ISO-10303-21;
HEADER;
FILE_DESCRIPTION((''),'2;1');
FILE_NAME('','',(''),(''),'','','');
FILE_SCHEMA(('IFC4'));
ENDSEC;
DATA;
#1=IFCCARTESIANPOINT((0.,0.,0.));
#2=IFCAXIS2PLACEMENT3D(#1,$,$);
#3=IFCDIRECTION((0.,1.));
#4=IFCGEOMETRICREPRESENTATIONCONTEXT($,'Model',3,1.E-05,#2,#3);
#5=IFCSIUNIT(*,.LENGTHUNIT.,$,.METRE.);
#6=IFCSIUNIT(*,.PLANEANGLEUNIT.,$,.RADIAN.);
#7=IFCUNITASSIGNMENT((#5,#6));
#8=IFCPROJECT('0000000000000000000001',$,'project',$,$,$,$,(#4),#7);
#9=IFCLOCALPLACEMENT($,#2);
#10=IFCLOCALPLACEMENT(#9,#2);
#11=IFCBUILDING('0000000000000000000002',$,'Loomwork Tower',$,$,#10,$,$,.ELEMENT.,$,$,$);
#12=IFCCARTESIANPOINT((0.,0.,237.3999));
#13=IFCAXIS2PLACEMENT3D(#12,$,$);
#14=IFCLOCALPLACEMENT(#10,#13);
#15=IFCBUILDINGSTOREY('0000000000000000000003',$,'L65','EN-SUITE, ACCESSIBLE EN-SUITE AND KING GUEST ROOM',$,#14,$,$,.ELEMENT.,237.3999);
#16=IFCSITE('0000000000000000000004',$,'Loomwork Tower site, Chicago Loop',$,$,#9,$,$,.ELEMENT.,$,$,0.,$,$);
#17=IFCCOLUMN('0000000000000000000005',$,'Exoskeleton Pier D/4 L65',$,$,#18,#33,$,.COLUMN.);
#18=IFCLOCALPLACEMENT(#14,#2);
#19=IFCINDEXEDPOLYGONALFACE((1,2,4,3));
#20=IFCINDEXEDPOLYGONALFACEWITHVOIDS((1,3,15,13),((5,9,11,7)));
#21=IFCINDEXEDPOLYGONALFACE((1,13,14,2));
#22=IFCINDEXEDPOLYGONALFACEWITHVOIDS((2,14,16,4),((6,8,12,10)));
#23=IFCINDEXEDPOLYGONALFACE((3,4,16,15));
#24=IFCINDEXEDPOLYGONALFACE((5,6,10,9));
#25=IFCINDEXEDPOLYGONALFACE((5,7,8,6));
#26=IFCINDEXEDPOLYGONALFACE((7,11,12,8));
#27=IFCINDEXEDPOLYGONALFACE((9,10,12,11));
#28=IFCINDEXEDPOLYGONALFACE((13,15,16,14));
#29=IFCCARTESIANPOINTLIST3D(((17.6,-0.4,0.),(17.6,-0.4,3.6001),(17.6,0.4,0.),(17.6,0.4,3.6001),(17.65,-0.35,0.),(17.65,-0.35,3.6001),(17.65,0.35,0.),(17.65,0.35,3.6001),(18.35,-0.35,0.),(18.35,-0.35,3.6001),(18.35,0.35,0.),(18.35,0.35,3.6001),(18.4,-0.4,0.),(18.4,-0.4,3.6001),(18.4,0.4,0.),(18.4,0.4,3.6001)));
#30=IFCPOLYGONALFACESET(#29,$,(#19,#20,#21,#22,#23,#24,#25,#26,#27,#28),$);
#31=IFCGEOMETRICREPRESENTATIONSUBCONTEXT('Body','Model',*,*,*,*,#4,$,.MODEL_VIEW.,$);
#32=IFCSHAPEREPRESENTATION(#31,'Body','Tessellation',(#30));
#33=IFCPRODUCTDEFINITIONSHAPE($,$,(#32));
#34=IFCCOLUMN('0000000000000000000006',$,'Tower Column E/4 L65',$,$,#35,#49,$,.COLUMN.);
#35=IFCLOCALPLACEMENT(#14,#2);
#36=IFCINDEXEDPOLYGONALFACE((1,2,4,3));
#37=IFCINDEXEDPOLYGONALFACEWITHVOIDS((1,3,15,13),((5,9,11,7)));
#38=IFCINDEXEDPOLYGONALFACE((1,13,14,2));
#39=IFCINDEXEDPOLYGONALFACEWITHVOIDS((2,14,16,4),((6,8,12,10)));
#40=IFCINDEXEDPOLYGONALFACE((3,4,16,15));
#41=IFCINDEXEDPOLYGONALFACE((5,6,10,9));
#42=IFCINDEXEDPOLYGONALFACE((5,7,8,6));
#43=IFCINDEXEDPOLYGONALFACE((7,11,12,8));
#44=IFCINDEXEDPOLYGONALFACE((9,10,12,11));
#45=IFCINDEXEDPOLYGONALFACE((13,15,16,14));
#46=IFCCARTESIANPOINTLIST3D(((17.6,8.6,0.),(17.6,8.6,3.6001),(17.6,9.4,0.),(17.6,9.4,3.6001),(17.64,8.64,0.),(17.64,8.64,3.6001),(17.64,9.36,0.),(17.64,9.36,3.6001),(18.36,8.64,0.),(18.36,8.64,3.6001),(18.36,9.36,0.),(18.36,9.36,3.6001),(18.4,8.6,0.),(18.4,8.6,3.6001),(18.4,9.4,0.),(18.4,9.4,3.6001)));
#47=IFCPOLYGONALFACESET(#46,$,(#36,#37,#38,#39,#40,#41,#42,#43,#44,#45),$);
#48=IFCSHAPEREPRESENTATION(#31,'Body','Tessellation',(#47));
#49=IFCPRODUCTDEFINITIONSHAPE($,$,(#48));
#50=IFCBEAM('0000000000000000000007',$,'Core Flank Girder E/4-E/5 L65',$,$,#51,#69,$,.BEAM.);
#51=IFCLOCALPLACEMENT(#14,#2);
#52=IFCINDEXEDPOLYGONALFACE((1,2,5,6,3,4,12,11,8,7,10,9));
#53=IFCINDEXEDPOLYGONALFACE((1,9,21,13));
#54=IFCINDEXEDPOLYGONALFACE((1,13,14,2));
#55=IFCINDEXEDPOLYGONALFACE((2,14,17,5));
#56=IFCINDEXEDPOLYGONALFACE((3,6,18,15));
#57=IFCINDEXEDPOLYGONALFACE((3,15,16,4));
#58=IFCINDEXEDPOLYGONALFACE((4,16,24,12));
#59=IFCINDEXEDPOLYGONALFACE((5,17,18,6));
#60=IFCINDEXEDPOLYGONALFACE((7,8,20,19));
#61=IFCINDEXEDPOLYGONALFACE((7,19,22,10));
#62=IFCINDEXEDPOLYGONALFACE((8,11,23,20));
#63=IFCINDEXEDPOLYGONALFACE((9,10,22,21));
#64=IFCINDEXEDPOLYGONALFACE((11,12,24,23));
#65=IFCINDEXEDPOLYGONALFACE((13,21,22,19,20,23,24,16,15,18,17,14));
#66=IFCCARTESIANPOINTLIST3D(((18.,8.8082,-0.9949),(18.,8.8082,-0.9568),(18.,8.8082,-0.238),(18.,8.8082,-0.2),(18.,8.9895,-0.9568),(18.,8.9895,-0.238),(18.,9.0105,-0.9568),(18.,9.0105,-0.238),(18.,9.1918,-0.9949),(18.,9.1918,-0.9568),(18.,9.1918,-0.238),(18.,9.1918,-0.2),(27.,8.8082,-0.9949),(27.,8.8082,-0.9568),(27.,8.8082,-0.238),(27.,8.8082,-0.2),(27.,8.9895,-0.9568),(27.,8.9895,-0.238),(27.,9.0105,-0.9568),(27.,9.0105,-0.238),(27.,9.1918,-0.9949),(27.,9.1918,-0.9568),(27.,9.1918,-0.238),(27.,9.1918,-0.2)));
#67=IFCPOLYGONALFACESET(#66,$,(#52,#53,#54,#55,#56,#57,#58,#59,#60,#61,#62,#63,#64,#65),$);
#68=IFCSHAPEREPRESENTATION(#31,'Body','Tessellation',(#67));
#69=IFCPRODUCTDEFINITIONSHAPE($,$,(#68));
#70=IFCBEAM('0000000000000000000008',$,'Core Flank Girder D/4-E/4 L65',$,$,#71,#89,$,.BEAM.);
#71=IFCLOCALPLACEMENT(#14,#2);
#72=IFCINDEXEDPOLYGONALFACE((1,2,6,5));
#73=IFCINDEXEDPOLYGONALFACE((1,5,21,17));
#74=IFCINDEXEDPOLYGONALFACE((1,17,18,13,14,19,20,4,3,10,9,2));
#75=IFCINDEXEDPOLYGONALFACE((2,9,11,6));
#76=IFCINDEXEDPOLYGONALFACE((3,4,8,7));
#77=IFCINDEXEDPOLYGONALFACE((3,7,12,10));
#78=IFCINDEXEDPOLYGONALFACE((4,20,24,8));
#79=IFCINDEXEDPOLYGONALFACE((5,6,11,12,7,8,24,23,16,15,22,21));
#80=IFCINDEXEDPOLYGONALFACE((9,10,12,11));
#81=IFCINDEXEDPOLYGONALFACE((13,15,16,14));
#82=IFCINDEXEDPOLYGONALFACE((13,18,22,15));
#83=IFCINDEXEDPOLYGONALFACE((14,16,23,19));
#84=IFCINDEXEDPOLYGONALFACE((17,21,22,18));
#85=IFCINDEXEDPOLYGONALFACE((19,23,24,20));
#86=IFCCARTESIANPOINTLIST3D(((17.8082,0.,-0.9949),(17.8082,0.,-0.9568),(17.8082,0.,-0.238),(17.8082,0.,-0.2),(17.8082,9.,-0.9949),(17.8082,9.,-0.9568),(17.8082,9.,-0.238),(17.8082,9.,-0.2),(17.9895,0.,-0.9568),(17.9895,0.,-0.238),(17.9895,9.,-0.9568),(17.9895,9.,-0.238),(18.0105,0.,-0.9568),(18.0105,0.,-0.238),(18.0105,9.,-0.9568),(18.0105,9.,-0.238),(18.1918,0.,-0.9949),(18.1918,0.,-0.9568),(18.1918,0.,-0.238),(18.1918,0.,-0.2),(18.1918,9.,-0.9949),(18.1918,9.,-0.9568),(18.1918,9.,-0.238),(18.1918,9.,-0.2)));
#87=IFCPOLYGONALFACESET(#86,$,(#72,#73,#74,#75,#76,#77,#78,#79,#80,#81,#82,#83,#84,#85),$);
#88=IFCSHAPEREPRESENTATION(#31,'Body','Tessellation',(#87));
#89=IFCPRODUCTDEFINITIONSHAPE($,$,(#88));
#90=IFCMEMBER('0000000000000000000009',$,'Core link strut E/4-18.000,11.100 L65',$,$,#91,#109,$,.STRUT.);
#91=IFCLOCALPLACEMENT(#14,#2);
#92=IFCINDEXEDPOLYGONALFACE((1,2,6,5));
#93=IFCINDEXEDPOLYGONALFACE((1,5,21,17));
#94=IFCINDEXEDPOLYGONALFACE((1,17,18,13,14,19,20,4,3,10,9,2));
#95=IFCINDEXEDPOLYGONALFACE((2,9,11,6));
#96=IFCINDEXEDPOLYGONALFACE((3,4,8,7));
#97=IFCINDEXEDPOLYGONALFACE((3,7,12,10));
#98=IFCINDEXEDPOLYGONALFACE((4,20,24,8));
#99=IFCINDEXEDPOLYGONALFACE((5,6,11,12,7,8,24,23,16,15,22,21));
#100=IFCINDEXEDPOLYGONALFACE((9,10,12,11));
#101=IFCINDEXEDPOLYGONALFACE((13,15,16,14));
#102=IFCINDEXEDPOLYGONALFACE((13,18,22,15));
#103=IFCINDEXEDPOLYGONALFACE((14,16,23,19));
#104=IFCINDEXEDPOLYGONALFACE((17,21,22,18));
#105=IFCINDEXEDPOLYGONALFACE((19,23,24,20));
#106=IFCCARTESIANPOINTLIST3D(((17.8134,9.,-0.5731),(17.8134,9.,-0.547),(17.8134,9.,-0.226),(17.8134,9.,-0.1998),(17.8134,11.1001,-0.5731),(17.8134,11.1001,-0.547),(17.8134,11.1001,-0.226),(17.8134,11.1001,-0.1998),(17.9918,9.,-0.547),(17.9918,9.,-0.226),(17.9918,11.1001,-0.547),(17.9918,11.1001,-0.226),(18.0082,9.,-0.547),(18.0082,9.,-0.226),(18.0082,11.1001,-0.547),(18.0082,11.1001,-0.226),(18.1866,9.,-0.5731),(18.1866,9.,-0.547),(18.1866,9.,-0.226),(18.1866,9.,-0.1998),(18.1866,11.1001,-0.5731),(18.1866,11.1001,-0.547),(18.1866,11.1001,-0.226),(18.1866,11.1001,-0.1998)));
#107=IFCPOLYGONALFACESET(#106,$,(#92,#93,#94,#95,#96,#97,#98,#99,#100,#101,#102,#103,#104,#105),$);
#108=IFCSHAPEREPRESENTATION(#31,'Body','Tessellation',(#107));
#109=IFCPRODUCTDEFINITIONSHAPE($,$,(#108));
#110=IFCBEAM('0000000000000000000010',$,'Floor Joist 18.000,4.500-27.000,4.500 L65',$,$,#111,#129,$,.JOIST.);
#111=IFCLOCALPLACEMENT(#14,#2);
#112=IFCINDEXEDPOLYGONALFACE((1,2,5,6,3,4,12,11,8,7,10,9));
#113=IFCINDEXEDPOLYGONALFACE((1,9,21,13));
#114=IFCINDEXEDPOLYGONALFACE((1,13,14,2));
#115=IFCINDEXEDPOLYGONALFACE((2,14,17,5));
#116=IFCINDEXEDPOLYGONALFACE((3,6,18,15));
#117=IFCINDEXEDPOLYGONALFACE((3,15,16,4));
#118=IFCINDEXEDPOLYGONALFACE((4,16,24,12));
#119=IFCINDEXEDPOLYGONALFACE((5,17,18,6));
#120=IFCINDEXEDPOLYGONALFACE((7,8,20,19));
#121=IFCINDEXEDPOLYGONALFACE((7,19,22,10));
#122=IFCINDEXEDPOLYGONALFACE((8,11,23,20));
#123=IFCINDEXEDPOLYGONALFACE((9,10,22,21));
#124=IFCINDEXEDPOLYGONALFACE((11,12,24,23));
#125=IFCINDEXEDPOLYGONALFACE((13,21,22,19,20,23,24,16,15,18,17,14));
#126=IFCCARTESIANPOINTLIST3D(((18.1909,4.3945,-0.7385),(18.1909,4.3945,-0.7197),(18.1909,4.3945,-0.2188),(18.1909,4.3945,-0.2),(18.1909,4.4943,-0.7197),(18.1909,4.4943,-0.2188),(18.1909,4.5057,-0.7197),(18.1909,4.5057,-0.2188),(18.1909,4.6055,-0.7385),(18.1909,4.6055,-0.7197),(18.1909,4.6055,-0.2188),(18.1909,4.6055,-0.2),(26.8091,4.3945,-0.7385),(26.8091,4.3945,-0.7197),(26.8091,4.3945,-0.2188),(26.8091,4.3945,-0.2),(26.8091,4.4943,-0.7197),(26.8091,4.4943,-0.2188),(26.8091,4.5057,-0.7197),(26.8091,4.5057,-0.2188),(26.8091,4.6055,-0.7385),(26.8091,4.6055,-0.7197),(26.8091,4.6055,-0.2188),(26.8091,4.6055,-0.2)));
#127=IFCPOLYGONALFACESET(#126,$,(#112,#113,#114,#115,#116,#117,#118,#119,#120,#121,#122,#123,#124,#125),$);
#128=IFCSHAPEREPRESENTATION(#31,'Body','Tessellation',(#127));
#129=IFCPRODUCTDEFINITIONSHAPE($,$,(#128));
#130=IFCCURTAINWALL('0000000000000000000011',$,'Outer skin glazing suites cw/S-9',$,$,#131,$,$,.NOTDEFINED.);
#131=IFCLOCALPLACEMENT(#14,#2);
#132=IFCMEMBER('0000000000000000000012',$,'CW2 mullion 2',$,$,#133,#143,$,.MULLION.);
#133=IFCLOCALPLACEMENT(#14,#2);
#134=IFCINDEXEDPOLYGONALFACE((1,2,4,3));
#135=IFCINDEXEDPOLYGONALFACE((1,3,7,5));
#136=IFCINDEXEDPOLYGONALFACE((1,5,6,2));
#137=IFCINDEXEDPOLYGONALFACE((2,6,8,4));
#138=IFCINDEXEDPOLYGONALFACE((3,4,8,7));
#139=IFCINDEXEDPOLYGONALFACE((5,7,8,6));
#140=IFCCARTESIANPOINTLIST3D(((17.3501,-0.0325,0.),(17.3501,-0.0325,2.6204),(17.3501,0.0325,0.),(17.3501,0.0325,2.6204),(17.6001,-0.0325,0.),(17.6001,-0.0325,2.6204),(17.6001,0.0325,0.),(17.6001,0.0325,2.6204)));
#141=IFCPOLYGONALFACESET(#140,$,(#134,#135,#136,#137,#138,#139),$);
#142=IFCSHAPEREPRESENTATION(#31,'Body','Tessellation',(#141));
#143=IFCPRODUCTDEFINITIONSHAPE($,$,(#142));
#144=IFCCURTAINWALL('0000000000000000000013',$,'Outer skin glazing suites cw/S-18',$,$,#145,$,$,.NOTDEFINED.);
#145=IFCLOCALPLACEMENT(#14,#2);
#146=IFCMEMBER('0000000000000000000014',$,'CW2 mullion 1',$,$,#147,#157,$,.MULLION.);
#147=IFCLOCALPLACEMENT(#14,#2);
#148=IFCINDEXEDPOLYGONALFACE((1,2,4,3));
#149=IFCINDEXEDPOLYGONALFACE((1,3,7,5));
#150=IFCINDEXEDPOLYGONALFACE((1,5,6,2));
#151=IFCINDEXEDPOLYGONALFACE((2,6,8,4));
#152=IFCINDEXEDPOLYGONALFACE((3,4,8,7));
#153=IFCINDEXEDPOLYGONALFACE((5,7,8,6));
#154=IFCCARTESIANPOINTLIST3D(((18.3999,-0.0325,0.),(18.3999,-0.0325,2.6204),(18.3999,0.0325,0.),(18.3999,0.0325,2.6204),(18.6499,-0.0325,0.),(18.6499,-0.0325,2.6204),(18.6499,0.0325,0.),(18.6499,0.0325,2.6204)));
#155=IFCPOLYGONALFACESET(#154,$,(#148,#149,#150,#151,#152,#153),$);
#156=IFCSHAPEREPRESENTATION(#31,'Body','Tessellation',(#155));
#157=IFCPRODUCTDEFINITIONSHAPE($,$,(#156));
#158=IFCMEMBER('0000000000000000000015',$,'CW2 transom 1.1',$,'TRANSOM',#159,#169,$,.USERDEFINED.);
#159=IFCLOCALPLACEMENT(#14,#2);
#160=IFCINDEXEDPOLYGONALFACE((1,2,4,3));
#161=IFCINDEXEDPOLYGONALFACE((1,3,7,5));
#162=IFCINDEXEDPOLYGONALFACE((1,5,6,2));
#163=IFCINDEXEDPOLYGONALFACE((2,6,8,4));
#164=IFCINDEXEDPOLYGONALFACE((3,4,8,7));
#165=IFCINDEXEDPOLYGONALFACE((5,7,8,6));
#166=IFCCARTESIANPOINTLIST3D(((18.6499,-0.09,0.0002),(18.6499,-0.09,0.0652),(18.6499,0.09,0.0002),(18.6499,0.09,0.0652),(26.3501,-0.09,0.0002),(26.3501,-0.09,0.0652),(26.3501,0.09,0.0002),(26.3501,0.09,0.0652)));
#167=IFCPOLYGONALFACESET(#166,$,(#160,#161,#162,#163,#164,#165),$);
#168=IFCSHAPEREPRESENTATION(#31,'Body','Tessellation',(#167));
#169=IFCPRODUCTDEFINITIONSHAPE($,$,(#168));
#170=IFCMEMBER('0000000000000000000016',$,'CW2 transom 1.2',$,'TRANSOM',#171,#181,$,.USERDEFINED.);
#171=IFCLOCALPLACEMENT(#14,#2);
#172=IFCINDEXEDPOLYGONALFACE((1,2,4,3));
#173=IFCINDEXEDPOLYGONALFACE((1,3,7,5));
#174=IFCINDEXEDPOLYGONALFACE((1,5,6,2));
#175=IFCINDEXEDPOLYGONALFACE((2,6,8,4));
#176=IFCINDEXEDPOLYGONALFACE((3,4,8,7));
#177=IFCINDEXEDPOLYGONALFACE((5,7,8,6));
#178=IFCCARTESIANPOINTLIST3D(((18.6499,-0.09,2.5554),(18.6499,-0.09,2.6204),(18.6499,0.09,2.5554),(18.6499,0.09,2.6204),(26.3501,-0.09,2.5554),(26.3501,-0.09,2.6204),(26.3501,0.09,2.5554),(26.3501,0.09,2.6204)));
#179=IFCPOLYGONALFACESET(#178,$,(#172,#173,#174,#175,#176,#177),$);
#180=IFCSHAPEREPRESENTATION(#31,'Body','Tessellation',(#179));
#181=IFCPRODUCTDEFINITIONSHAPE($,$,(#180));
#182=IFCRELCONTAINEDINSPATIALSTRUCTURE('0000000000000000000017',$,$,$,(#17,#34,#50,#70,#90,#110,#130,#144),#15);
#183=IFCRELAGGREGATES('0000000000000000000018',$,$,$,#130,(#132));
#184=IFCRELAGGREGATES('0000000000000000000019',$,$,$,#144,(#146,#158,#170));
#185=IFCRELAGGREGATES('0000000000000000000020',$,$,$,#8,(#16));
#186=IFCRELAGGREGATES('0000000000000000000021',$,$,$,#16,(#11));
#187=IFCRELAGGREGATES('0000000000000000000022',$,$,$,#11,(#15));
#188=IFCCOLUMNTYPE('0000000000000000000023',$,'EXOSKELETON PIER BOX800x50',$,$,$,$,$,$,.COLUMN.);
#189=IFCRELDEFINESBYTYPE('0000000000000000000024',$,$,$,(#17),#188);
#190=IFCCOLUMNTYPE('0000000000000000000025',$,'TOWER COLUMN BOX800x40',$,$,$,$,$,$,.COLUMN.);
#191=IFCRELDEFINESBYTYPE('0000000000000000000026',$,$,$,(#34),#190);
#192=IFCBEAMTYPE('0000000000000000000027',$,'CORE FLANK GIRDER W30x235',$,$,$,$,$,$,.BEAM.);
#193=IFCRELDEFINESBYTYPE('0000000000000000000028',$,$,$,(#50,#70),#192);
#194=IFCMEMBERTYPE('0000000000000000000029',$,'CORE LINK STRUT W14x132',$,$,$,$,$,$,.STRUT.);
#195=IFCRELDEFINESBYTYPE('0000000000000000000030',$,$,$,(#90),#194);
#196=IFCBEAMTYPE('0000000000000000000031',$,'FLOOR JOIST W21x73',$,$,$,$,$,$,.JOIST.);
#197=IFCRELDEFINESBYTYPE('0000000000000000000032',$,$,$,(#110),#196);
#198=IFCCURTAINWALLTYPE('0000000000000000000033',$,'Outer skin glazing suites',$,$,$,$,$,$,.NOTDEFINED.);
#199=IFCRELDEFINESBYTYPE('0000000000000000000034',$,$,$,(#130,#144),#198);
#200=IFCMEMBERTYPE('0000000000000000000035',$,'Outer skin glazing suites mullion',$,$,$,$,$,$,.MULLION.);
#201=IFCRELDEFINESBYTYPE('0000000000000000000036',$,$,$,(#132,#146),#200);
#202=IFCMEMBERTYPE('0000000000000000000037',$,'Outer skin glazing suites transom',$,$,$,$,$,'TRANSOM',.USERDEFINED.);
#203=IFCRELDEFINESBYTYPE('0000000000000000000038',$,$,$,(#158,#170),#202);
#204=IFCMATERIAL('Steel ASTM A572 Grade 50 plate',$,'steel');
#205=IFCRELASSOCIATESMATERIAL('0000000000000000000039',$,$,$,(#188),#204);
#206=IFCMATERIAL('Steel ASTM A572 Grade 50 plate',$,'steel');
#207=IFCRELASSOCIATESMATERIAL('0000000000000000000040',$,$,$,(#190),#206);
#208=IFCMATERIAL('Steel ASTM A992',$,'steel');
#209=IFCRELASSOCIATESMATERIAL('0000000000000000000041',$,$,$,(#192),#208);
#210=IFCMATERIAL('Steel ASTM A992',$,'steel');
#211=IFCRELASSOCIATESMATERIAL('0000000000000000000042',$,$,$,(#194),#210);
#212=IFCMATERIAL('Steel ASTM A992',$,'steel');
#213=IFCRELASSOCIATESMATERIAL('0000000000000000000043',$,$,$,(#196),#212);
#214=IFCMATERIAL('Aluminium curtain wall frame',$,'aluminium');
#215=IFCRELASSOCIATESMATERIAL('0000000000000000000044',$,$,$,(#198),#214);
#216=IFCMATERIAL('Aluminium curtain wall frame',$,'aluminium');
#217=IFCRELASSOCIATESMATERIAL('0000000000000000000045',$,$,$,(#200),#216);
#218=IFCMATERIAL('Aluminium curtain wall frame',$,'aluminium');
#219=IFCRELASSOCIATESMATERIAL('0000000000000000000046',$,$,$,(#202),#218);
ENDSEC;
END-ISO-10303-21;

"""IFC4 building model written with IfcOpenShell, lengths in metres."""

from ifc_helpers import new_model, si_unit, direction, frame, origin, origin_2d, place, context, subcontext, project, spatial, rectangle, hollow_rectangle, i_section, extrude, material, material_profile, profile_set, type_object, element, aggregate, save


model = new_model("IFC4")

# Units and contexts
model_context = context("Model", 3, precision=1e-05, world=origin(), true_north=direction((0.0, 1.0)))
body_context = subcontext(model_context, "Body", "Model", "MODEL_VIEW")
ifc_project = project(units=[si_unit("LENGTHUNIT", "METRE"), si_unit("PLANEANGLEUNIT", "RADIAN")], contexts=[model_context])

# Site, building, storey
site_placement = place(None, origin())
site = spatial("IfcSite", under=ifc_project, at=site_placement, Name="Loomwork Tower site, Chicago Loop", CompositionType="ELEMENT", RefElevation=0.0)
building_placement = place(site_placement, origin())
building = spatial("IfcBuilding", under=site, at=building_placement, Name="Loomwork Tower", CompositionType="ELEMENT")
storey_placement = place(building_placement, frame((0.0, 0.0, 237.3999)))
storey = spatial("IfcBuildingStorey", under=building, at=storey_placement, Name="L65", Description="EN-SUITE, ACCESSIBLE EN-SUITE AND KING GUEST ROOM", CompositionType="ELEMENT", Elevation=237.3999)

# Columns
ifc_material_1 = material(Name="Steel ASTM A572 Grade 50 plate", Category="steel")
ifc_material_profile_1 = material_profile(ifc_material_1, hollow_rectangle(XDim=0.8, YDim=0.8, WallThickness=0.05, at=origin_2d()), Name="BOX800x50")
ifc_profile_set_1 = profile_set([ifc_material_profile_1], Name="Steel ASTM A572 Grade 50 plate")
column_type_1 = type_object("IfcColumnType", Name="EXOSKELETON PIER BOX800x50", PredefinedType="COLUMN", material=ifc_profile_set_1)
column_1_placement = place(storey_placement, frame((18.0, 0.0, 0.0), z_axis=(0.0, 0.0, 1.0), x_axis=(1.0, 0.0, 0.0)))
element("IfcColumn", 1, at=column_1_placement, inside=storey, type_object=column_type_1, Name="Exoskeleton Pier D/4 L65", PredefinedType="COLUMN", context=body_context, shape_type="SweptSolid", body=[
    extrude(hollow_rectangle(XDim=0.8, YDim=0.8, WallThickness=0.05, at=origin_2d()), origin(), (0.0, 0.0, 1.0), 3.6001),
])
ifc_material_2 = material(Name="Steel ASTM A572 Grade 50 plate", Category="steel")
ifc_material_profile_2 = material_profile(ifc_material_2, hollow_rectangle(XDim=0.8, YDim=0.8, WallThickness=0.04, at=origin_2d()), Name="BOX800x40")
ifc_profile_set_2 = profile_set([ifc_material_profile_2], Name="Steel ASTM A572 Grade 50 plate")
column_type_2 = type_object("IfcColumnType", Name="TOWER COLUMN BOX800x40", PredefinedType="COLUMN", material=ifc_profile_set_2)
column_2_placement = place(storey_placement, frame((18.0, 9.0, 0.0), z_axis=(0.0, 0.0, 1.0), x_axis=(1.0, 0.0, 0.0)))
element("IfcColumn", 2, at=column_2_placement, inside=storey, type_object=column_type_2, Name="Tower Column E/4 L65", PredefinedType="COLUMN", context=body_context, shape_type="SweptSolid", body=[
    extrude(hollow_rectangle(XDim=0.8, YDim=0.8, WallThickness=0.04, at=origin_2d()), origin(), (0.0, 0.0, 1.0), 3.6001),
])

# Beams
ifc_material_3 = material(Name="Steel ASTM A992", Category="steel")
ifc_material_profile_3 = material_profile(ifc_material_3, i_section(OverallWidth=0.3835, OverallDepth=0.7949, WebThickness=0.021, FlangeThickness=0.0381, at=origin_2d()), Name="W30x235")
ifc_profile_set_3 = profile_set([ifc_material_profile_3], Name="Steel ASTM A992")
beam_type_1 = type_object("IfcBeamType", Name="CORE FLANK GIRDER W30x235", PredefinedType="BEAM", material=ifc_profile_set_3)
for number, where, z_axis, x_axis, name in (
    (3, (18.0, 9.0, -0.5974), (1.0, 0.0, 0.0), (0.0, 1.0, 0.0), "Core Flank Girder E/4-E/5 L65"),
    (4, (18.0, 0.0, -0.5974), (0.0, 1.0, 0.0), (-1.0, 0.0, 0.0), "Core Flank Girder D/4-E/4 L65"),
):
    element("IfcBeam", number, at=place(storey_placement, frame(where, z_axis=z_axis, x_axis=x_axis)), inside=storey, type_object=beam_type_1, Name=name, PredefinedType="BEAM", context=body_context, shape_type="SweptSolid", body=[
        extrude(i_section(OverallWidth=0.3835, OverallDepth=0.7949, WebThickness=0.021, FlangeThickness=0.0381, at=origin_2d()), origin(), (0.0, 0.0, 1.0), 9.0),
    ])

# Member
ifc_material_4 = material(Name="Steel ASTM A992", Category="steel")
ifc_material_profile_4 = material_profile(ifc_material_4, i_section(OverallWidth=0.3733, OverallDepth=0.3733, WebThickness=0.0164, FlangeThickness=0.0261, at=origin_2d()), Name="W14x132")
ifc_profile_set_4 = profile_set([ifc_material_profile_4], Name="Steel ASTM A992")
member_type_1 = type_object("IfcMemberType", Name="CORE LINK STRUT W14x132", PredefinedType="STRUT", material=ifc_profile_set_4)
member_1_placement = place(storey_placement, frame((18.0, 9.0, -0.3865), z_axis=(0.0, 1.0, 0.0), x_axis=(-1.0, 0.0, 0.0)))
element("IfcMember", 5, at=member_1_placement, inside=storey, type_object=member_type_1, Name="Core link strut E/4-18.000,11.100 L65", PredefinedType="STRUT", context=body_context, shape_type="SweptSolid", body=[
    extrude(i_section(OverallWidth=0.3733, OverallDepth=0.3733, WebThickness=0.0164, FlangeThickness=0.0261, at=origin_2d()), origin(), (0.0, 0.0, 1.0), 2.1001),
])

# Beam
ifc_material_5 = material(Name="Steel ASTM A992", Category="steel")
ifc_material_profile_5 = material_profile(ifc_material_5, i_section(OverallWidth=0.2109, OverallDepth=0.5386, WebThickness=0.0115, FlangeThickness=0.0188, at=origin_2d()), Name="W21x73")
ifc_profile_set_5 = profile_set([ifc_material_profile_5], Name="Steel ASTM A992")
beam_type_2 = type_object("IfcBeamType", Name="FLOOR JOIST W21x73", PredefinedType="JOIST", material=ifc_profile_set_5)
beam_1_placement = place(storey_placement, frame((18.1909, 4.5, -0.4692), z_axis=(1.0, 0.0, 0.0), x_axis=(0.0, 1.0, 0.0)))
element("IfcBeam", 6, at=beam_1_placement, inside=storey, type_object=beam_type_2, Name="Floor Joist 18.000,4.500-27.000,4.500 L65", PredefinedType="JOIST", context=body_context, shape_type="SweptSolid", body=[
    extrude(i_section(OverallWidth=0.2109, OverallDepth=0.5386, WebThickness=0.0115, FlangeThickness=0.0188, at=origin_2d()), origin(), (0.0, 0.0, 1.0), 8.6182),
])

# Curtain wall, member
ifc_material_6 = material(Name="Aluminium curtain wall frame", Category="aluminium")
curtain_wall_type = type_object("IfcCurtainWallType", Name="Outer skin glazing suites", PredefinedType="NOTDEFINED", material=ifc_material_6)
curtain_wall_1_placement = place(storey_placement, origin())
curtain_wall_1 = element("IfcCurtainWall", 7, at=curtain_wall_1_placement, inside=storey, type_object=curtain_wall_type, Name="Outer skin glazing suites cw/S-9", PredefinedType="NOTDEFINED")
ifc_material_7 = material(Name="Aluminium curtain wall frame", Category="aluminium")
ifc_material_profile_6 = material_profile(ifc_material_7, rectangle(XDim=0.0649, YDim=0.25, at=origin_2d()), Name="AL 65x250")
ifc_profile_set_6 = profile_set([ifc_material_profile_6], Name="Aluminium curtain wall frame")
member_type_2 = type_object("IfcMemberType", Name="Outer skin glazing suites mullion", PredefinedType="MULLION", material=ifc_profile_set_6)
member_2_placement = place(storey_placement, frame((17.4751, 0.0, 0.0), z_axis=(0.0, 0.0, 1.0), x_axis=(0.0, 1.0, 0.0)))
member_2 = element("IfcMember", 8, at=member_2_placement, type_object=member_type_2, Name="CW2 mullion 2", PredefinedType="MULLION", context=body_context, shape_type="SweptSolid", body=[
    extrude(rectangle(XDim=0.0649, YDim=0.25, at=origin_2d()), origin(), (0.0, 0.0, 1.0), 2.6204),
])
aggregate(curtain_wall_1, [member_2])

# Curtain wall, members
curtain_wall_2_placement = place(storey_placement, origin())
curtain_wall_2 = element("IfcCurtainWall", 9, at=curtain_wall_2_placement, inside=storey, type_object=curtain_wall_type, Name="Outer skin glazing suites cw/S-18", PredefinedType="NOTDEFINED")
member_3_placement = place(storey_placement, frame((18.5249, 0.0, 0.0), z_axis=(0.0, 0.0, 1.0), x_axis=(0.0, 1.0, 0.0)))
member_3 = element("IfcMember", 10, at=member_3_placement, type_object=member_type_2, Name="CW2 mullion 1", PredefinedType="MULLION", context=body_context, shape_type="SweptSolid", body=[
    extrude(rectangle(XDim=0.0649, YDim=0.25, at=origin_2d()), origin(), (0.0, 0.0, 1.0), 2.6204),
])
ifc_material_8 = material(Name="Aluminium curtain wall frame", Category="aluminium")
ifc_material_profile_7 = material_profile(ifc_material_8, rectangle(XDim=0.1799, YDim=0.0649, at=origin_2d()), Name="AL 65x180")
ifc_profile_set_7 = profile_set([ifc_material_profile_7], Name="Aluminium curtain wall frame")
member_type_3 = type_object("IfcMemberType", Name="Outer skin glazing suites transom", ElementType="TRANSOM", PredefinedType="USERDEFINED", material=ifc_profile_set_7)
member_4_placement = place(storey_placement, frame((18.6499, 0.0, 0.0327), z_axis=(1.0, 0.0, 0.0), x_axis=(0.0, 1.0, 0.0)))
member_4 = element("IfcMember", 11, at=member_4_placement, type_object=member_type_3, Name="CW2 transom 1.1", ObjectType="TRANSOM", PredefinedType="USERDEFINED", context=body_context, shape_type="SweptSolid", body=[
    extrude(rectangle(XDim=0.1799, YDim=0.0649, at=origin_2d()), origin(), (0.0, 0.0, 1.0), 7.7002),
])
member_5_placement = place(storey_placement, frame((18.6499, 0.0, 2.5879), z_axis=(1.0, 0.0, 0.0), x_axis=(0.0, 1.0, 0.0)))
member_5 = element("IfcMember", 12, at=member_5_placement, type_object=member_type_3, Name="CW2 transom 1.2", ObjectType="TRANSOM", PredefinedType="USERDEFINED", context=body_context, shape_type="SweptSolid", body=[
    extrude(rectangle(XDim=0.1799, YDim=0.0649, at=origin_2d()), origin(), (0.0, 0.0, 1.0), 7.7002),
])
aggregate(curtain_wall_2, [member_3, member_4, member_5])

save(model, "model.ifc")
